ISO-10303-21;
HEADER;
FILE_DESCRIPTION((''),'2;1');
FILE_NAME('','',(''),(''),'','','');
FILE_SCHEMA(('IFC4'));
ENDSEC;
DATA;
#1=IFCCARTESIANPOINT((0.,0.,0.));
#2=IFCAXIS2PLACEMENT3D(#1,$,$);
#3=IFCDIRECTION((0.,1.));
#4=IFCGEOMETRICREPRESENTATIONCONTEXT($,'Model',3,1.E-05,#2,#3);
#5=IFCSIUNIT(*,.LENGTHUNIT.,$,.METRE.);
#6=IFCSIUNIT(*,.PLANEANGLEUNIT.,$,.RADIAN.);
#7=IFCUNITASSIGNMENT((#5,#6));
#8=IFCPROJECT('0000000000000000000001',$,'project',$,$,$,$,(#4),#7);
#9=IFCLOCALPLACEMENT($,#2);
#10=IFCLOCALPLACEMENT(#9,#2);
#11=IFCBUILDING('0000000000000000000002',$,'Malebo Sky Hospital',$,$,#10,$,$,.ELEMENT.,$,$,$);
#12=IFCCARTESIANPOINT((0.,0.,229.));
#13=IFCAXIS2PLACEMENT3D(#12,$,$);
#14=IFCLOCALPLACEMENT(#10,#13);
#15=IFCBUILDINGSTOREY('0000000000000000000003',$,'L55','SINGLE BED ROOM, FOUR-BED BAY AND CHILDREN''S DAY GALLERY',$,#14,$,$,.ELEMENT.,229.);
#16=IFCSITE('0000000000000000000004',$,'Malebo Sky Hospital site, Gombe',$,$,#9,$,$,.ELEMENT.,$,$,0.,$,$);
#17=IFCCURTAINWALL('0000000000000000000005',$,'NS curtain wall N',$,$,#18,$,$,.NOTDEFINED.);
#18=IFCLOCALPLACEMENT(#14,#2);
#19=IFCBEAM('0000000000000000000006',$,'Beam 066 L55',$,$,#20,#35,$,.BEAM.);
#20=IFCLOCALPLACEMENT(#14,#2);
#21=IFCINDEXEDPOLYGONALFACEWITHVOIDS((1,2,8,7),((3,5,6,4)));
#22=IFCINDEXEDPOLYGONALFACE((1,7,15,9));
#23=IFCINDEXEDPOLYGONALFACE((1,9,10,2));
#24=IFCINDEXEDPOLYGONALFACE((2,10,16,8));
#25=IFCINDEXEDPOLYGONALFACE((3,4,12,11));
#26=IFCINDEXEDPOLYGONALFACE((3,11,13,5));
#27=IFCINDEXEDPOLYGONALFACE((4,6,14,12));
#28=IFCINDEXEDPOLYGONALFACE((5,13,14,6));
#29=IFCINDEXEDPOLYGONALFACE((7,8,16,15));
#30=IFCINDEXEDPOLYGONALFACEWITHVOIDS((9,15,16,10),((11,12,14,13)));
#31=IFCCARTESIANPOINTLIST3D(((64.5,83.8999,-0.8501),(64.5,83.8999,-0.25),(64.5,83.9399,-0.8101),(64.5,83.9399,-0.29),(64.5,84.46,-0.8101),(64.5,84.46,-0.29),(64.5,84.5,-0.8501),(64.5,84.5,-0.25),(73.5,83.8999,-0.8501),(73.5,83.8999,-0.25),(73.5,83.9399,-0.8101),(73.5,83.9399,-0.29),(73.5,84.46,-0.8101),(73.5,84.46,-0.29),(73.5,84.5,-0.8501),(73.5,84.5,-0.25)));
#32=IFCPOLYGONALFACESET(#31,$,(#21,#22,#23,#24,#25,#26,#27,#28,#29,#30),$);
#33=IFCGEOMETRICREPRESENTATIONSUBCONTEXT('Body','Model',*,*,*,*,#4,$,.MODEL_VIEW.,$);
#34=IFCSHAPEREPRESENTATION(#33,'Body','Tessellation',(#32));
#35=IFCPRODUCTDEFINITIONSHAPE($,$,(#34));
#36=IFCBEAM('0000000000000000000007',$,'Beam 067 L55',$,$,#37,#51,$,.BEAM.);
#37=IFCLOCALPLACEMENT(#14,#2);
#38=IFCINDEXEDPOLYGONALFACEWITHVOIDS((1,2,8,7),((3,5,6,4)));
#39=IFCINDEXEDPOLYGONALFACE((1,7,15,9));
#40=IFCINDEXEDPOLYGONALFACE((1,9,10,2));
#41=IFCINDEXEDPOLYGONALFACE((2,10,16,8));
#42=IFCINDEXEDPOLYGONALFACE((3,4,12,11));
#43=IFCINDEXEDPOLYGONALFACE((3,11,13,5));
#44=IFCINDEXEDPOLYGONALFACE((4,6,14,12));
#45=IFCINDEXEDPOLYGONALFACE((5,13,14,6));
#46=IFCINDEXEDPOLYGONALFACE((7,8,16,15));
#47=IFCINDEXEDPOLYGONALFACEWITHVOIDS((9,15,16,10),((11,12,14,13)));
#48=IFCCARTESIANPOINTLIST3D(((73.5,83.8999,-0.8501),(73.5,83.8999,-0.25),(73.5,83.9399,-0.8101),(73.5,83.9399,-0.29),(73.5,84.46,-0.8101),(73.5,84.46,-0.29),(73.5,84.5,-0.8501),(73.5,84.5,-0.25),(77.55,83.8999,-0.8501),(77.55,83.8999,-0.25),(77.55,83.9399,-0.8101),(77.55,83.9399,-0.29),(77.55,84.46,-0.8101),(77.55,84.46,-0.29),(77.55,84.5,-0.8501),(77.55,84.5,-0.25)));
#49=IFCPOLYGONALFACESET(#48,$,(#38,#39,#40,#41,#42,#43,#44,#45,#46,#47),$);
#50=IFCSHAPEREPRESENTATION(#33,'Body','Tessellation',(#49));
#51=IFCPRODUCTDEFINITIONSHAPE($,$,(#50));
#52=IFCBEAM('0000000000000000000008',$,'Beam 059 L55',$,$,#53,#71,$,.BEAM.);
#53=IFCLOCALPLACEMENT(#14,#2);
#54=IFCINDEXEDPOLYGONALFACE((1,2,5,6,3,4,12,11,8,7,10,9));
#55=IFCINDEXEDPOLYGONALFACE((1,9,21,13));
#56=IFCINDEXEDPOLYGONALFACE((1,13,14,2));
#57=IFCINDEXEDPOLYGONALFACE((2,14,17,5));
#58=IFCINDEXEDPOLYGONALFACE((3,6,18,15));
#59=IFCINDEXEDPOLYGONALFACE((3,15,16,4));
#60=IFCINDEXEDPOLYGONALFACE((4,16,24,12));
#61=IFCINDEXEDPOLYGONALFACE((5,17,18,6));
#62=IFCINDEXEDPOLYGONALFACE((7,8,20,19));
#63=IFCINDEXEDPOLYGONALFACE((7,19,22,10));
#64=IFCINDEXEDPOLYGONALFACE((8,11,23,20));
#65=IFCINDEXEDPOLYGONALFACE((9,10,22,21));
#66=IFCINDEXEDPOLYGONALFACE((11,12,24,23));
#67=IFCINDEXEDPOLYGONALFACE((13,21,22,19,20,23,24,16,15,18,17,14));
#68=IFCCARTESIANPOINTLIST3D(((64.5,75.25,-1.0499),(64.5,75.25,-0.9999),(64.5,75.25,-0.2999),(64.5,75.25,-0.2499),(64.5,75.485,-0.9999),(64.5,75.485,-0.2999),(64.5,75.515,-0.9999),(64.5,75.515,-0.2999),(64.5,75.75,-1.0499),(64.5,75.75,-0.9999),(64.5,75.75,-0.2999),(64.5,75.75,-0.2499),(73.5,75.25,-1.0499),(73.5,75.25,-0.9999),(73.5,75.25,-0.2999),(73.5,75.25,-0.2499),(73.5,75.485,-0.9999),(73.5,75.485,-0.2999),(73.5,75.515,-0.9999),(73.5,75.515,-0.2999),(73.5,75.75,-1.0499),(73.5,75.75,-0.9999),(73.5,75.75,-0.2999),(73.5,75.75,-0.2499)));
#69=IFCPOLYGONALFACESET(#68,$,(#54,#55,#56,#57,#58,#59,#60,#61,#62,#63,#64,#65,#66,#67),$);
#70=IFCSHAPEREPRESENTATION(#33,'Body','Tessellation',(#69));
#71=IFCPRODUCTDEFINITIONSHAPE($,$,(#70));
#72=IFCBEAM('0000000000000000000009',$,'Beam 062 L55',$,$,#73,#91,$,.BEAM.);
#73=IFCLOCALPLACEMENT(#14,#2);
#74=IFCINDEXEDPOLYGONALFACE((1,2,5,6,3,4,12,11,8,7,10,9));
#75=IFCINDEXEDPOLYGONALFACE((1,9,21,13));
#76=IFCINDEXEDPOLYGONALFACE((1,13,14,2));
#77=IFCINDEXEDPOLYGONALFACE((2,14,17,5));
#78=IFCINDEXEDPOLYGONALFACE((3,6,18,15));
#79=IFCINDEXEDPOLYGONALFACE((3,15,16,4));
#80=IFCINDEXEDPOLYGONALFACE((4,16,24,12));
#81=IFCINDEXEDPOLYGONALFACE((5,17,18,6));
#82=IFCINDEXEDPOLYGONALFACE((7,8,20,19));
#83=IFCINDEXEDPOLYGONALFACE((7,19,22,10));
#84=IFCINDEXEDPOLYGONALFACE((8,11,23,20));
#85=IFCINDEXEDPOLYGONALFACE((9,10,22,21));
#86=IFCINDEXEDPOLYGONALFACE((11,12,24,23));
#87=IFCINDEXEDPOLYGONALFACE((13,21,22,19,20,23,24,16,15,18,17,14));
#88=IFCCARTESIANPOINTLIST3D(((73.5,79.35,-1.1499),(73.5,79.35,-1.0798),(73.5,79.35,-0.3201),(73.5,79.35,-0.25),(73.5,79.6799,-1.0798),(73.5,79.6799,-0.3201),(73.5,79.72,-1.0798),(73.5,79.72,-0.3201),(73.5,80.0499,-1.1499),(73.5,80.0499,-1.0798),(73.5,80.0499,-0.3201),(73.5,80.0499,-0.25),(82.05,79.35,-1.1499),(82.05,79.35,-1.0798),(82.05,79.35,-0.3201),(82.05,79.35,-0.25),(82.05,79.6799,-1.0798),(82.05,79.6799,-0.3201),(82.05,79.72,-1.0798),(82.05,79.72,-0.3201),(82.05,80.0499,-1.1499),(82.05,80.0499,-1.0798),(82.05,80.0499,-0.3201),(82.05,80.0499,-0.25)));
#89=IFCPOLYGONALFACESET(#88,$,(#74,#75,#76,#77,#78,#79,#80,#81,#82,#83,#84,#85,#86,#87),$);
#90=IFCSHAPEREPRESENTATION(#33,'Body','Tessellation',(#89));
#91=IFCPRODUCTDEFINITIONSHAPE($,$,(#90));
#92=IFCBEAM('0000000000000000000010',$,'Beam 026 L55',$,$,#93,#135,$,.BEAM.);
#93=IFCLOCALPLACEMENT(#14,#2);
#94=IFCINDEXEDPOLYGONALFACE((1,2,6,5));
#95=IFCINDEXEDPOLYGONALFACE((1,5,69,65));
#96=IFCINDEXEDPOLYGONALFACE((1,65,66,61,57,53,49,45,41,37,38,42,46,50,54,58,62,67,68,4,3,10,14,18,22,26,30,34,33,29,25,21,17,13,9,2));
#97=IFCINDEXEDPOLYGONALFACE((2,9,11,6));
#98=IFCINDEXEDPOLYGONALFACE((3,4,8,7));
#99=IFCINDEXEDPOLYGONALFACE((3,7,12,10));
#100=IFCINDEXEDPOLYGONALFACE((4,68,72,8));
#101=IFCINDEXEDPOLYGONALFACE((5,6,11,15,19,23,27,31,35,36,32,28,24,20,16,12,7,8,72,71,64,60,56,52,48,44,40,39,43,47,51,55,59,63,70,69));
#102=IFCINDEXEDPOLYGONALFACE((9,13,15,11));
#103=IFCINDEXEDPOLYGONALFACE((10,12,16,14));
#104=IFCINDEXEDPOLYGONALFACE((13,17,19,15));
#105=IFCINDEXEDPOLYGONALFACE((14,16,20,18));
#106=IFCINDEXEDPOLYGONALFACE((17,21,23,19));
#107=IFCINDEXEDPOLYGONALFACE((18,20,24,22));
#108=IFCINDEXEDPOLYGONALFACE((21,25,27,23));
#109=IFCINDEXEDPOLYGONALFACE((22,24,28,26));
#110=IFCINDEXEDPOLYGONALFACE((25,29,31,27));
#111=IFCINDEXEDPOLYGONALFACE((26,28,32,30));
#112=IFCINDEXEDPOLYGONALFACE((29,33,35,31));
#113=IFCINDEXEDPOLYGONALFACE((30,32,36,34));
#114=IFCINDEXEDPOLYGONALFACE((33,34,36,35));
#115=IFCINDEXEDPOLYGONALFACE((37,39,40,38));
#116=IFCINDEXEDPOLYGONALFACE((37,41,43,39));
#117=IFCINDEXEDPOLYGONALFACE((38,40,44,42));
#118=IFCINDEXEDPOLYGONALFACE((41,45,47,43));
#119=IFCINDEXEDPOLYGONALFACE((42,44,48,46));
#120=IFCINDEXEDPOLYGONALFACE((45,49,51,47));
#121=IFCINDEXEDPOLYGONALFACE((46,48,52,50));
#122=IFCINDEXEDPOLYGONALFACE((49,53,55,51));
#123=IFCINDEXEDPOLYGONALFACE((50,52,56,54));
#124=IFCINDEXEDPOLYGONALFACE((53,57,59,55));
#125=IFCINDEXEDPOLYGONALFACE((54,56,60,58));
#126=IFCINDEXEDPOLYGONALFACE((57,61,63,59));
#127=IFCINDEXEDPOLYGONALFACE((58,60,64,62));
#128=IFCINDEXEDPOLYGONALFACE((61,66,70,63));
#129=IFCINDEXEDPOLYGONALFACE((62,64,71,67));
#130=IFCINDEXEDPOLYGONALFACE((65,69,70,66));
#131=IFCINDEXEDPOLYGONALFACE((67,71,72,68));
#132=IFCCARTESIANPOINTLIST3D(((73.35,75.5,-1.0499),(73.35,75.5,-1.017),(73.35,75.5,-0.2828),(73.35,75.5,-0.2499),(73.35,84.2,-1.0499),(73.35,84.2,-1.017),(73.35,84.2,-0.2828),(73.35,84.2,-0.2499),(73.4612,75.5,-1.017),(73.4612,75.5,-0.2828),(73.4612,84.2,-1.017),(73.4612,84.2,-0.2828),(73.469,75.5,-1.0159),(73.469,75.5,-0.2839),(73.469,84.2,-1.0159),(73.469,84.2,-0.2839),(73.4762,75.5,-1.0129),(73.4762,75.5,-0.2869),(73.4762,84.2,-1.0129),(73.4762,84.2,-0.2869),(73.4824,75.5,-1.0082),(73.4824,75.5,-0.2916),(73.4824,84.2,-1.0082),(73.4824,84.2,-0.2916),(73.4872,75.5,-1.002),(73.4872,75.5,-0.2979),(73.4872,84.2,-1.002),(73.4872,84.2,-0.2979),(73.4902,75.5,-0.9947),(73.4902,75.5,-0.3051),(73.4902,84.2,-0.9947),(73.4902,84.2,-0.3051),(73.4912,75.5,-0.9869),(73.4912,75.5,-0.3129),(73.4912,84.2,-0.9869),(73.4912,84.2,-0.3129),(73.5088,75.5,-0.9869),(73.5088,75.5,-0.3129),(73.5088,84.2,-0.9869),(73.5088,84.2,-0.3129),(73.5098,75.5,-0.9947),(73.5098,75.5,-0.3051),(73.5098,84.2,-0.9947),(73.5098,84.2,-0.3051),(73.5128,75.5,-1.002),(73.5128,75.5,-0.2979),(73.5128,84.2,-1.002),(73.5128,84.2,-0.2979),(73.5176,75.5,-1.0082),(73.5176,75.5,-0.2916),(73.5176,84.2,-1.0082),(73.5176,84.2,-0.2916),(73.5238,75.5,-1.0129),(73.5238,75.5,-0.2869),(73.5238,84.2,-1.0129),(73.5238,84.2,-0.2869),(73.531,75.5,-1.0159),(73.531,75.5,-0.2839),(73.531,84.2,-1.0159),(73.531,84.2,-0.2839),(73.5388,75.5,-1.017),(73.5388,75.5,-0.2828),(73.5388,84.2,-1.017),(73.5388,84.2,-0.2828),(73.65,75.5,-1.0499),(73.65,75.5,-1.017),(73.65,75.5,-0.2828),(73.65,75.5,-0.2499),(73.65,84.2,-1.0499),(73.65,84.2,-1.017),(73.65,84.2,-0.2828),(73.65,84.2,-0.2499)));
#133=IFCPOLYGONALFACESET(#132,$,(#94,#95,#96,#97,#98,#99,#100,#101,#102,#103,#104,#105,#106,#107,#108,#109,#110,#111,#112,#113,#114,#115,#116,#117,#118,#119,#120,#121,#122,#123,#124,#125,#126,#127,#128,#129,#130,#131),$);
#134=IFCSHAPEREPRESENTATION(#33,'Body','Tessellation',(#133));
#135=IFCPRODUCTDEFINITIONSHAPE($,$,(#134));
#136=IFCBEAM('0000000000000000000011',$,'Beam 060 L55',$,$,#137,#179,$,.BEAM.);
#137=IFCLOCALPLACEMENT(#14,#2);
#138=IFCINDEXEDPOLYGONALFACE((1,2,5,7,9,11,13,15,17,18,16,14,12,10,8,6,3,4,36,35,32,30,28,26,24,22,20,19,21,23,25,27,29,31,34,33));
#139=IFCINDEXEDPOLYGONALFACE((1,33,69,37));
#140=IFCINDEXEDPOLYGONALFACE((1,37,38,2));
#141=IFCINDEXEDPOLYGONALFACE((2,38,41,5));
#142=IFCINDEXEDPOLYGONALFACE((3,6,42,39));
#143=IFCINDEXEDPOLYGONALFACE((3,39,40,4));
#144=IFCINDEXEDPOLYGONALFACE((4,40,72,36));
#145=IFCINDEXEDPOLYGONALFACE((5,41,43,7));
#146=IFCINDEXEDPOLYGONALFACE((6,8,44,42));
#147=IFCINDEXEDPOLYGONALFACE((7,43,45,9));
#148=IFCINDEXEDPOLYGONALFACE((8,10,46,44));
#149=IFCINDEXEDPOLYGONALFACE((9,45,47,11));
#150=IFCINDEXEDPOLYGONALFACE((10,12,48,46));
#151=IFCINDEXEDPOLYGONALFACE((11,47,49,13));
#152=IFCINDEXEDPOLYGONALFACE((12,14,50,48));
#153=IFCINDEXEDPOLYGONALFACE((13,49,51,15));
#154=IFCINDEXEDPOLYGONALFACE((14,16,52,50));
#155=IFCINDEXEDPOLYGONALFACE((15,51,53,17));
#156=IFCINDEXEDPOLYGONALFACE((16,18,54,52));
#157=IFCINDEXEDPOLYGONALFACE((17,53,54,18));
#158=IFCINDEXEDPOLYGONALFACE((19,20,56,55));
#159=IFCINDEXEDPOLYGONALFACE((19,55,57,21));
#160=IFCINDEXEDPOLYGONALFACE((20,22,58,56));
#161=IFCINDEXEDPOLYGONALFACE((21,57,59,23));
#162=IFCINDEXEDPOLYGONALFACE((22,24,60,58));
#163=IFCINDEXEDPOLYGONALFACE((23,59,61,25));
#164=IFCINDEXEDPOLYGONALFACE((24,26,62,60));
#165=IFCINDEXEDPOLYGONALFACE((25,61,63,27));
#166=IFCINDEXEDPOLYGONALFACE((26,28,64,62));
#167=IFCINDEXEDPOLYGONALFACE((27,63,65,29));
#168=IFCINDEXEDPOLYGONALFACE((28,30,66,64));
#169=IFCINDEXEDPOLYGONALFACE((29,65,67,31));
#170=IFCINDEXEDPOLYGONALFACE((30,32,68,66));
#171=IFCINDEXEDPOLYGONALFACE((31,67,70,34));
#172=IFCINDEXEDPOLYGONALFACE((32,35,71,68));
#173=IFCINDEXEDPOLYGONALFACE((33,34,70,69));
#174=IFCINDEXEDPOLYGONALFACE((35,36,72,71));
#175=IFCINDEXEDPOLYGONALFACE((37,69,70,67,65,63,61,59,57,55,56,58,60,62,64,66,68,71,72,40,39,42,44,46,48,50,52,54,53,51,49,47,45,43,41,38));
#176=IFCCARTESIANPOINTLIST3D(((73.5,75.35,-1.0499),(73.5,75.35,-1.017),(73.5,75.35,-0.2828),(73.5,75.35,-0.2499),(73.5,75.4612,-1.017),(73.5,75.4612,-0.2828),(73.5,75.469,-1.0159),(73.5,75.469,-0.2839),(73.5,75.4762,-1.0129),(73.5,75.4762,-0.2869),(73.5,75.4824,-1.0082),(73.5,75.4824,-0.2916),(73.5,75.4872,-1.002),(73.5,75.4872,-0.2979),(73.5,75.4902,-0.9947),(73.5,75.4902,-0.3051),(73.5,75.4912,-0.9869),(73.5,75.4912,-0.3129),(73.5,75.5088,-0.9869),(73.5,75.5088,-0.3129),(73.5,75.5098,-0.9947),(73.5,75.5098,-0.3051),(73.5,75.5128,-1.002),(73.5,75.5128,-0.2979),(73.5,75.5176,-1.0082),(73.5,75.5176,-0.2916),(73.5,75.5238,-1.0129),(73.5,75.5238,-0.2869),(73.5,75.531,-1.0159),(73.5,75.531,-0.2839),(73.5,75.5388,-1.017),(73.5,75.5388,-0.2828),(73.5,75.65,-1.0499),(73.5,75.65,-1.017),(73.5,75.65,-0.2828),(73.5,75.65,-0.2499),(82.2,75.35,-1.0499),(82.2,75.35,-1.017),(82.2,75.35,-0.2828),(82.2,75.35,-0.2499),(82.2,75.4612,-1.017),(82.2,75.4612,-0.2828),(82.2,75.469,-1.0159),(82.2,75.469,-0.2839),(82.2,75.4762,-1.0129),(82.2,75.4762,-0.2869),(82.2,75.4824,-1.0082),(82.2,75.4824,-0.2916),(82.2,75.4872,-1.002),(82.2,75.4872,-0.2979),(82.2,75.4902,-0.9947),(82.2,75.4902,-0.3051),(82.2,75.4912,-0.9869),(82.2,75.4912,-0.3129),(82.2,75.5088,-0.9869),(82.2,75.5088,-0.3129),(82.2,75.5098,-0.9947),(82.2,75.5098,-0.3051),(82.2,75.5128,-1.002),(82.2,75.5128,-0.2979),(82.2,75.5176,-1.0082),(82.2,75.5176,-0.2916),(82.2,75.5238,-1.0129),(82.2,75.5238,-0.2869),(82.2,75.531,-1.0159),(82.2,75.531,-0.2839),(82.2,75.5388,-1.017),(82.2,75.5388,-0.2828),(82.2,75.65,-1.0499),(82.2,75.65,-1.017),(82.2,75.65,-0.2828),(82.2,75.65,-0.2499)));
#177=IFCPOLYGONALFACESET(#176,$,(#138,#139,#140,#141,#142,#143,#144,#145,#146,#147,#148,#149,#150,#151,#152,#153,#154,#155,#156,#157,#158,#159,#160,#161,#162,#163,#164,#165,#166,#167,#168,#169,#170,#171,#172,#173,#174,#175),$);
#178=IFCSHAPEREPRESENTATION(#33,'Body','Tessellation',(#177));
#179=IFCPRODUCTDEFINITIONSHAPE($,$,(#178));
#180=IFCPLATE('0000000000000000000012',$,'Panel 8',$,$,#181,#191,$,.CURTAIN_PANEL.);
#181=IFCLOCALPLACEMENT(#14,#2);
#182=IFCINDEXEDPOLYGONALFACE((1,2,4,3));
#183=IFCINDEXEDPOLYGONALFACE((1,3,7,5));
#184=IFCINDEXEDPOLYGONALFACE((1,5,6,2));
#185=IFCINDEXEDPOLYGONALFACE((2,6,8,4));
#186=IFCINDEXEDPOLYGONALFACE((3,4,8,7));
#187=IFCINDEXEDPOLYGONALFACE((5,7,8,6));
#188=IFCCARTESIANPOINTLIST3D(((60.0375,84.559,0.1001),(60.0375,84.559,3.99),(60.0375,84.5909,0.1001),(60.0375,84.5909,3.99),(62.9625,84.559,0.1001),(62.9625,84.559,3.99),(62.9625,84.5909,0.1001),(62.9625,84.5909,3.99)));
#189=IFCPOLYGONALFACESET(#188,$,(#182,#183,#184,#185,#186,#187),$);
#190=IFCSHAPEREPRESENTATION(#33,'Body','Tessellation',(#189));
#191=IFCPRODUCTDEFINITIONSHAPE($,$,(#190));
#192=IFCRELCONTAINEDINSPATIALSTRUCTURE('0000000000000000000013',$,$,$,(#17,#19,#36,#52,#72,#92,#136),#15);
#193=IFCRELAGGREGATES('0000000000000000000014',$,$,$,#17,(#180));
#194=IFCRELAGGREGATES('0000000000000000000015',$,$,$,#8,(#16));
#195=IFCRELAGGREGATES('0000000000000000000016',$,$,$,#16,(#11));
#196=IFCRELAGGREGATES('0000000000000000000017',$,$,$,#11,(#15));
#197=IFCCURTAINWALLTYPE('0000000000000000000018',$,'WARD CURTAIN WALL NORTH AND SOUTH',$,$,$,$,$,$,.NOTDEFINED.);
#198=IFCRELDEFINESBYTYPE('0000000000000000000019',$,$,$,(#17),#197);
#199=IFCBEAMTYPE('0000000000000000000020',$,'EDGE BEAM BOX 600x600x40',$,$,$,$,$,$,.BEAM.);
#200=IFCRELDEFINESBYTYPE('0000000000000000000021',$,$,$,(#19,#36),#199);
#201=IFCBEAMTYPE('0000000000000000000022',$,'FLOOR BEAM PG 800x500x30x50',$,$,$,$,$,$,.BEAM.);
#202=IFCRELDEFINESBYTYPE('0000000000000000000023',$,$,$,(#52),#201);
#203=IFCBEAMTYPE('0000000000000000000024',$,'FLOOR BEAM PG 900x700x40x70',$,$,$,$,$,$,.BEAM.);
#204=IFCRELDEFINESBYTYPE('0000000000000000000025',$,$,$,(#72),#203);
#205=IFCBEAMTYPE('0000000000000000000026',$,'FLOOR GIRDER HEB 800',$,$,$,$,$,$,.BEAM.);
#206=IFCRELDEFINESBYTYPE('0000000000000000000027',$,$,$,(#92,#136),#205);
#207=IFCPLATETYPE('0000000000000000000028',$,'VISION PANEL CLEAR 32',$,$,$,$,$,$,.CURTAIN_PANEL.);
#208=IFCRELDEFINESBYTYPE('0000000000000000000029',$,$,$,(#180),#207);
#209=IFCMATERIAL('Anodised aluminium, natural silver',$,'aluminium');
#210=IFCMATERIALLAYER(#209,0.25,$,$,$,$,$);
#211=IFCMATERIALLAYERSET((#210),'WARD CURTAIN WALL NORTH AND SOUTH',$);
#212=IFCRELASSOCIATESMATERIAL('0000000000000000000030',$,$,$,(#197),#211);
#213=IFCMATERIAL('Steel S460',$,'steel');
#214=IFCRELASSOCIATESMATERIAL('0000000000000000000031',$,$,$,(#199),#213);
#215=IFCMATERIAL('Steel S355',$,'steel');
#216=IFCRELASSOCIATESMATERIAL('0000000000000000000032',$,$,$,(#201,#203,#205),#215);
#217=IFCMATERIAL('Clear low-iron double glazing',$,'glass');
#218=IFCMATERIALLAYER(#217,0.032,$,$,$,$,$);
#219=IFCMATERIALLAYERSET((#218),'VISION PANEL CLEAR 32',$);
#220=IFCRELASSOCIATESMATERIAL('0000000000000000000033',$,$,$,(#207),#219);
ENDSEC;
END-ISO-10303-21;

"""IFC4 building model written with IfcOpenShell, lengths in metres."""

from ifc_helpers import new_model, si_unit, direction, frame, origin, origin_2d, place, context, subcontext, project, spatial, rectangle, hollow_rectangle, i_section, extrude, material, layer, layer_set, material_profile, profile_set, type_object, element, aggregate, save


model = new_model("IFC4")

# Units and contexts
model_context = context("Model", 3, precision=1e-05, world=origin(), true_north=direction((0.0, 1.0)))
body_context = subcontext(model_context, "Body", "Model", "MODEL_VIEW")
ifc_project = project(units=[si_unit("LENGTHUNIT", "METRE"), si_unit("PLANEANGLEUNIT", "RADIAN")], contexts=[model_context])

# Site, building, storey
site_placement = place(None, origin())
site = spatial("IfcSite", under=ifc_project, at=site_placement, Name="Malebo Sky Hospital site, Gombe", CompositionType="ELEMENT", RefElevation=0.0)
building_placement = place(site_placement, origin())
building = spatial("IfcBuilding", under=site, at=building_placement, Name="Malebo Sky Hospital", CompositionType="ELEMENT")
storey_placement = place(building_placement, frame((0.0, 0.0, 229.0)))
storey = spatial("IfcBuildingStorey", under=building, at=storey_placement, Name="L55", Description="SINGLE BED ROOM, FOUR-BED BAY AND CHILDREN'S DAY GALLERY", CompositionType="ELEMENT", Elevation=229.0)

# Shared definitions
ifc_material_1 = material(Name="Steel S460", Category="steel")

# Curtain wall
ifc_material_2 = material(Name="Anodised aluminium, natural silver", Category="aluminium")
ifc_layer_1 = layer(ifc_material_2, 0.25)
ifc_layer_set_1 = layer_set([ifc_layer_1], Name="WARD CURTAIN WALL NORTH AND SOUTH")
curtain_wall_type = type_object("IfcCurtainWallType", Name="WARD CURTAIN WALL NORTH AND SOUTH", PredefinedType="NOTDEFINED", material=ifc_layer_set_1)
curtain_wall_placement = place(storey_placement, origin())
curtain_wall = element("IfcCurtainWall", 1, at=curtain_wall_placement, inside=storey, type_object=curtain_wall_type, Name="NS curtain wall N", PredefinedType="NOTDEFINED")

# Shared definitions
ifc_material_3 = material(Name="Steel S355", Category="steel")

# Beams
ifc_material_profile_1 = material_profile(ifc_material_1, hollow_rectangle(XDim=0.6001, YDim=0.6001, WallThickness=0.04, at=origin_2d()), Name="BOX 600x600x40")
ifc_profile_set_1 = profile_set([ifc_material_profile_1], Name="Steel S460")
beam_type_1 = type_object("IfcBeamType", Name="EDGE BEAM BOX 600x600x40", PredefinedType="BEAM", material=ifc_profile_set_1)
beam_1_placement = place(storey_placement, frame((64.5, 84.2, -0.55), z_axis=(1.0, 0.0, 0.0), x_axis=(0.0, 1.0, 0.0)))
element("IfcBeam", 2, at=beam_1_placement, inside=storey, type_object=beam_type_1, Name="Beam 066 L55", PredefinedType="BEAM", context=body_context, shape_type="SweptSolid", body=[
    extrude(hollow_rectangle(XDim=0.6001, YDim=0.6001, WallThickness=0.04, at=origin_2d()), origin(), (0.0, 0.0, 1.0), 9.0),
])
beam_2_placement = place(storey_placement, frame((73.5, 84.2, -0.55), z_axis=(1.0, 0.0, 0.0), x_axis=(0.0, 1.0, 0.0)))
element("IfcBeam", 3, at=beam_2_placement, inside=storey, type_object=beam_type_1, Name="Beam 067 L55", PredefinedType="BEAM", context=body_context, shape_type="SweptSolid", body=[
    extrude(hollow_rectangle(XDim=0.6001, YDim=0.6001, WallThickness=0.04, at=origin_2d()), origin(), (0.0, 0.0, 1.0), 4.05),
])
ifc_material_profile_2 = material_profile(ifc_material_3, i_section(OverallWidth=0.5, OverallDepth=0.8, WebThickness=0.03, FlangeThickness=0.05, at=origin_2d()), Name="PG 800x500x30x50")
ifc_profile_set_2 = profile_set([ifc_material_profile_2], Name="Steel S355")
beam_type_2 = type_object("IfcBeamType", Name="FLOOR BEAM PG 800x500x30x50", PredefinedType="BEAM", material=ifc_profile_set_2)
beam_3_placement = place(storey_placement, frame((64.5, 75.5, -0.6499), z_axis=(1.0, 0.0, 0.0), x_axis=(0.0, 1.0, 0.0)))
element("IfcBeam", 4, at=beam_3_placement, inside=storey, type_object=beam_type_2, Name="Beam 059 L55", PredefinedType="BEAM", context=body_context, shape_type="SweptSolid", body=[
    extrude(i_section(OverallWidth=0.5, OverallDepth=0.8, WebThickness=0.03, FlangeThickness=0.05, at=origin_2d()), origin(), (0.0, 0.0, 1.0), 9.0),
])
ifc_material_profile_3 = material_profile(ifc_material_3, i_section(OverallWidth=0.7, OverallDepth=0.8999, WebThickness=0.04, FlangeThickness=0.0701, at=origin_2d()), Name="PG 900x700x40x70")
ifc_profile_set_3 = profile_set([ifc_material_profile_3], Name="Steel S355")
beam_type_3 = type_object("IfcBeamType", Name="FLOOR BEAM PG 900x700x40x70", PredefinedType="BEAM", material=ifc_profile_set_3)
beam_4_placement = place(storey_placement, frame((73.5, 79.7, -0.7), z_axis=(1.0, 0.0, 0.0), x_axis=(0.0, 1.0, 0.0)))
element("IfcBeam", 5, at=beam_4_placement, inside=storey, type_object=beam_type_3, Name="Beam 062 L55", PredefinedType="BEAM", context=body_context, shape_type="SweptSolid", body=[
    extrude(i_section(OverallWidth=0.7, OverallDepth=0.8999, WebThickness=0.04, FlangeThickness=0.0701, at=origin_2d()), origin(), (0.0, 0.0, 1.0), 8.55),
])
ifc_material_profile_4 = material_profile(ifc_material_3, i_section(OverallWidth=0.3, OverallDepth=0.8, WebThickness=0.0176, FlangeThickness=0.033, FilletRadius=0.03, at=origin_2d()), Name="HEB 800")
ifc_profile_set_4 = profile_set([ifc_material_profile_4], Name="Steel S355")
beam_type_4 = type_object("IfcBeamType", Name="FLOOR GIRDER HEB 800", PredefinedType="BEAM", material=ifc_profile_set_4)
for number, where, z_axis, x_axis, name in (
    (6, (73.5, 75.5, -0.6499), (0.0, 1.0, 0.0), (-1.0, 0.0, 0.0), "Beam 026 L55"),
    (7, (73.5, 75.5, -0.6499), (1.0, 0.0, 0.0), (0.0, 1.0, 0.0), "Beam 060 L55"),
):
    element("IfcBeam", number, at=place(storey_placement, frame(where, z_axis=z_axis, x_axis=x_axis)), inside=storey, type_object=beam_type_4, Name=name, PredefinedType="BEAM", context=body_context, shape_type="SweptSolid", body=[
        extrude(i_section(OverallWidth=0.3, OverallDepth=0.8, WebThickness=0.0176, FlangeThickness=0.033, FilletRadius=0.03, at=origin_2d()), origin(), (0.0, 0.0, 1.0), 8.7),
    ])

# Plate
ifc_material_4 = material(Name="Clear low-iron double glazing", Category="glass")
ifc_layer_2 = layer(ifc_material_4, 0.032)
ifc_layer_set_2 = layer_set([ifc_layer_2], Name="VISION PANEL CLEAR 32")
plate_type = type_object("IfcPlateType", Name="VISION PANEL CLEAR 32", PredefinedType="CURTAIN_PANEL", material=ifc_layer_set_2)
plate_1_placement = place(storey_placement, frame((61.5, 84.575, 0.1001), z_axis=(0.0, 0.0, 1.0), x_axis=(1.0, 0.0, 0.0)))
plate_1 = element("IfcPlate", 8, at=plate_1_placement, type_object=plate_type, Name="Panel 8", PredefinedType="CURTAIN_PANEL", context=body_context, shape_type="SweptSolid", body=[
    extrude(rectangle(XDim=2.925, YDim=0.032, at=origin_2d()), origin(), (0.0, 0.0, 1.0), 3.8899),
])
aggregate(curtain_wall, [plate_1])

save(model, "model.ifc")
